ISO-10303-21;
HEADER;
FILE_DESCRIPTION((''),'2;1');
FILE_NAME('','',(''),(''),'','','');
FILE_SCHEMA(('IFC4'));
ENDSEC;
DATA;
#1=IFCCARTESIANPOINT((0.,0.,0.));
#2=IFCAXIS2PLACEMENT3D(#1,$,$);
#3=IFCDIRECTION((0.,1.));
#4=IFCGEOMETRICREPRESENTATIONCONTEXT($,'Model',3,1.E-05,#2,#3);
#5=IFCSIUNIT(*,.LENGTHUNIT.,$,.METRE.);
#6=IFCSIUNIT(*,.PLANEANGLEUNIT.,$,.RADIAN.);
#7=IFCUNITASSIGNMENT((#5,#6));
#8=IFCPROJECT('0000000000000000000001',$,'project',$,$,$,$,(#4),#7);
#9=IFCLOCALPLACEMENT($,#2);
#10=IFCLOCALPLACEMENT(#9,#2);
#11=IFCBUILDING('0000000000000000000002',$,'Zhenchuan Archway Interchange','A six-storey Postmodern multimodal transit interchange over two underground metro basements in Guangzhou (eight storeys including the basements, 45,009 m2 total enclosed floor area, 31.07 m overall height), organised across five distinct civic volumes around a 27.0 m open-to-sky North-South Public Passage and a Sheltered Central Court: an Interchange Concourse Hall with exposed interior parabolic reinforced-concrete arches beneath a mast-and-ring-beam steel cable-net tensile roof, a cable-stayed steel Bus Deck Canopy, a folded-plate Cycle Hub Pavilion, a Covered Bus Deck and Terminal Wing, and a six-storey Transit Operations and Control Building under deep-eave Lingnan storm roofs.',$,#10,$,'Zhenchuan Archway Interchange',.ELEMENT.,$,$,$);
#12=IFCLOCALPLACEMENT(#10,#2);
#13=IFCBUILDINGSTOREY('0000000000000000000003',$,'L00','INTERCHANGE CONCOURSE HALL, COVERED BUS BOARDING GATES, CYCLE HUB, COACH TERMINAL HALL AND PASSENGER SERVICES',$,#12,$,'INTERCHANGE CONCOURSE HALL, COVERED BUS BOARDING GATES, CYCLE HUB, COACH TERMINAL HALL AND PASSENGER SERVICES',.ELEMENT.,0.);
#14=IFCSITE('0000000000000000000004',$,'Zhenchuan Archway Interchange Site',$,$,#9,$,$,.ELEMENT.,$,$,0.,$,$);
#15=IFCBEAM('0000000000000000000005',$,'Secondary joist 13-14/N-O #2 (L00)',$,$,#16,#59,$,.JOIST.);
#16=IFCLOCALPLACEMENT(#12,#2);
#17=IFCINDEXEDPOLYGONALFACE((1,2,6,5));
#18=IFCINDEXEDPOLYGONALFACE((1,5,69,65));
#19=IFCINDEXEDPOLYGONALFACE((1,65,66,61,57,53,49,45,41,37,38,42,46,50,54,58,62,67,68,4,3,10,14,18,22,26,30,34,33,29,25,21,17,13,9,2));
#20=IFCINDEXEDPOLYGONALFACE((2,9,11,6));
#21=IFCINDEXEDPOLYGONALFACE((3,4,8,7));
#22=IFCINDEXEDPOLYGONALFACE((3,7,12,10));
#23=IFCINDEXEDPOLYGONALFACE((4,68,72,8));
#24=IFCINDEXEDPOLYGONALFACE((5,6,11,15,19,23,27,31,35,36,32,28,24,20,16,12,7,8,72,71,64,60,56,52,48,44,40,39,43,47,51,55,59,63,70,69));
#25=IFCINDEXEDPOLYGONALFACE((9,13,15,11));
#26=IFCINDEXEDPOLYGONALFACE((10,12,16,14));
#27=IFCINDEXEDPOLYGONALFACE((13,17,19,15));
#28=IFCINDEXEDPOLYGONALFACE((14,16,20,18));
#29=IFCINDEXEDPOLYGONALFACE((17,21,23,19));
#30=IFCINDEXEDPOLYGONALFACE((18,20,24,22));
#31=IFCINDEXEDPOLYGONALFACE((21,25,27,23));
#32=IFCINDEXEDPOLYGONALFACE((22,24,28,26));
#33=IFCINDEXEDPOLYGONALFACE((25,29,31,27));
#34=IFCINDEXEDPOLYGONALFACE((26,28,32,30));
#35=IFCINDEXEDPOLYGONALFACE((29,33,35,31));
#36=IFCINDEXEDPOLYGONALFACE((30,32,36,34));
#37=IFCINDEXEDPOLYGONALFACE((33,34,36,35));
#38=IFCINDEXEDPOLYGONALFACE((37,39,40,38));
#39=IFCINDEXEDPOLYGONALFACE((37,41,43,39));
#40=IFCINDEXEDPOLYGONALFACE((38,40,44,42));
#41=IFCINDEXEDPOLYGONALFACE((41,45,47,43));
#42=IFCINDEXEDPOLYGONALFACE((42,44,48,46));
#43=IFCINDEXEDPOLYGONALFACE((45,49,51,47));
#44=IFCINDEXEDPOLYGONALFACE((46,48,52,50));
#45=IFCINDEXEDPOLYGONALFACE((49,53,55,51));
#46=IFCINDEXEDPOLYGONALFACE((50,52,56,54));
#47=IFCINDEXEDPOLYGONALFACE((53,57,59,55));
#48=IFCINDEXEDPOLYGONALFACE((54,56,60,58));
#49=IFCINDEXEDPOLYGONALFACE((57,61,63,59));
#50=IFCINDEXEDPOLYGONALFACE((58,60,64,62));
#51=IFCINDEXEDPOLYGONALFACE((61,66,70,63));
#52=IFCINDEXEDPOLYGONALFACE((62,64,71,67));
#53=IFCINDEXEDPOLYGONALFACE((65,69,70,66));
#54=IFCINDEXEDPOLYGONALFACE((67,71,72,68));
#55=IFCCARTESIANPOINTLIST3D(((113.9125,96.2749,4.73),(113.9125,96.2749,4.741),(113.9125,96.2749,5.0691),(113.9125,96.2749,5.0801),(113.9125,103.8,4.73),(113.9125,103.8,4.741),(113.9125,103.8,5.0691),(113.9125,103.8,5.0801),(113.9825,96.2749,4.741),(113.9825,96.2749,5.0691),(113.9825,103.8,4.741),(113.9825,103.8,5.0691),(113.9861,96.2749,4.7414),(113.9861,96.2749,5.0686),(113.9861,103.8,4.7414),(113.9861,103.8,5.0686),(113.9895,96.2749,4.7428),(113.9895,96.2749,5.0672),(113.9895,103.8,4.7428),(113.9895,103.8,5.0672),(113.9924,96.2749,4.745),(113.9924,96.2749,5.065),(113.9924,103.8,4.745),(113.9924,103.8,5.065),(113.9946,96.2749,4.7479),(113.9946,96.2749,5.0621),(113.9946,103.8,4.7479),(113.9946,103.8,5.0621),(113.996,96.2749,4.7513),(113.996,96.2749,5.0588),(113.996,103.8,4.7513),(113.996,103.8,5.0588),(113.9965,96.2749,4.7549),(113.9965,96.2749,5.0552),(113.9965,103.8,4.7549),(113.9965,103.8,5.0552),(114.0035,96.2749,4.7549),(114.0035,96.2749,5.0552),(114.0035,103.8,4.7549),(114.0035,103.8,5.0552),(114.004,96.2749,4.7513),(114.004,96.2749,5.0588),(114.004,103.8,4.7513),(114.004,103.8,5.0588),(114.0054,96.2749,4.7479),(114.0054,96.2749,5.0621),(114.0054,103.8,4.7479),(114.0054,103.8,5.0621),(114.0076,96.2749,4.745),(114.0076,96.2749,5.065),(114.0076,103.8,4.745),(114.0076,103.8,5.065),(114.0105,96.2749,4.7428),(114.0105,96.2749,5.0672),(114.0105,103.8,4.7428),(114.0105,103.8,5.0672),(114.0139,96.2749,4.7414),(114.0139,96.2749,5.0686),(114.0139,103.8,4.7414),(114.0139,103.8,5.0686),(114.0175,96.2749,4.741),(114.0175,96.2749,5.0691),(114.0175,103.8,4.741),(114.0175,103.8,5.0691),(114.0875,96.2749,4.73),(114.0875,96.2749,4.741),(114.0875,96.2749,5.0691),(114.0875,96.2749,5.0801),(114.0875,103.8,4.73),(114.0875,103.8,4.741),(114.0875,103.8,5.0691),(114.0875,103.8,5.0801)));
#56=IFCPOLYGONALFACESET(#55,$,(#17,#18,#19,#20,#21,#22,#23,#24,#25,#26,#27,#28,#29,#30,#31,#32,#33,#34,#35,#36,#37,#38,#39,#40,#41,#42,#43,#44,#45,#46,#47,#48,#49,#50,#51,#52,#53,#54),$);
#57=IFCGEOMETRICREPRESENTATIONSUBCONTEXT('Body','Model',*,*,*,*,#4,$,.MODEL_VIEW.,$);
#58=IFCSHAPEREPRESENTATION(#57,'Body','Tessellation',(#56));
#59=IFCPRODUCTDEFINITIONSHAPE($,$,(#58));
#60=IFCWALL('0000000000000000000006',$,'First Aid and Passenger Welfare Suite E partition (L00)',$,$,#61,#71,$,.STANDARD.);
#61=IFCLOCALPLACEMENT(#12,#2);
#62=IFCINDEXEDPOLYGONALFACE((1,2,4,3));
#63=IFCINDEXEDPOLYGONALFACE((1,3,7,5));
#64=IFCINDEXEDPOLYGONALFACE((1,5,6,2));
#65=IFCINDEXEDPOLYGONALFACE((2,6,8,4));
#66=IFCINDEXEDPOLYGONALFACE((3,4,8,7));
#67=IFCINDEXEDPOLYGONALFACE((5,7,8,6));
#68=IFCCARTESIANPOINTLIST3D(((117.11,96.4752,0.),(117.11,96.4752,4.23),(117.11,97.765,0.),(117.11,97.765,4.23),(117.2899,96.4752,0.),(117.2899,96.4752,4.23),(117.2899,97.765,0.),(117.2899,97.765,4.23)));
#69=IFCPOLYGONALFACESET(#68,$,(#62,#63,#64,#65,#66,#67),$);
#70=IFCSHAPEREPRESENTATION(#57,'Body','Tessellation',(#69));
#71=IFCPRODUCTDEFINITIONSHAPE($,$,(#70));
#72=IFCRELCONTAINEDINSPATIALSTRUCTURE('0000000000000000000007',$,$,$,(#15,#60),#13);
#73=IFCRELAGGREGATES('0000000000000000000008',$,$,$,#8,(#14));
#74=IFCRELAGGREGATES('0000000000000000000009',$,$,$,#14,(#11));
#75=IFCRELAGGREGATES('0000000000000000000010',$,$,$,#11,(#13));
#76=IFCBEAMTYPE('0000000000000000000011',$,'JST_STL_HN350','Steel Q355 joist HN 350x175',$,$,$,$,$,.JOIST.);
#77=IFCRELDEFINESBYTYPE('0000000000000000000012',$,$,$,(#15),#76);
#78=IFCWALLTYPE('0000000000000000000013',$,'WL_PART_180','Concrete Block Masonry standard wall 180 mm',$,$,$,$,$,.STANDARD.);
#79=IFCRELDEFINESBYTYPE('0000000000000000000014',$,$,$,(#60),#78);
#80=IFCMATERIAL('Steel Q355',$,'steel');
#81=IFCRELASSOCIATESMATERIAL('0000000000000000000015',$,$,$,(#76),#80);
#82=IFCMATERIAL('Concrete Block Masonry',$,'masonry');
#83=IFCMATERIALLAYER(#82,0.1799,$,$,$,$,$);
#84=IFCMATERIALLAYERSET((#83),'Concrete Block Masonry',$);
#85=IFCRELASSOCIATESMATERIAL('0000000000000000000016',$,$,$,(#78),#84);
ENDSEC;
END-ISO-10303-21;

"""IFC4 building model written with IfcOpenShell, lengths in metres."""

from ifc_helpers import new_model, si_unit, direction, frame, frame_2d, origin, origin_2d, place, context, subcontext, project, spatial, rectangle, i_section, extrude, material, layer, layer_set, material_profile, profile_set, type_object, element, save


model = new_model("IFC4")

# Units and contexts
model_context = context("Model", 3, precision=1e-05, world=origin(), true_north=direction((0.0, 1.0)))
body_context = subcontext(model_context, "Body", "Model", "MODEL_VIEW")
ifc_project = project(units=[si_unit("LENGTHUNIT", "METRE"), si_unit("PLANEANGLEUNIT", "RADIAN")], contexts=[model_context])

# Site, building, storey
site_placement = place(None, origin())
site = spatial("IfcSite", under=ifc_project, at=site_placement, Name="Zhenchuan Archway Interchange Site", CompositionType="ELEMENT", RefElevation=0.0)
building_placement = place(site_placement, origin())
building = spatial("IfcBuilding", under=site, at=building_placement, Name="Zhenchuan Archway Interchange", Description="A six-storey Postmodern multimodal transit interchange over two underground metro basements in Guangzhou (eight storeys including the basements, 45,009 m2 total enclosed floor area, 31.07 m overall height), organised across five distinct civic volumes around a 27.0 m open-to-sky North-South Public Passage and a Sheltered Central Court: an Interchange Concourse Hall with exposed interior parabolic reinforced-concrete arches beneath a mast-and-ring-beam steel cable-net tensile roof, a cable-stayed steel Bus Deck Canopy, a folded-plate Cycle Hub Pavilion, a Covered Bus Deck and Terminal Wing, and a six-storey Transit Operations and Control Building under deep-eave Lingnan storm roofs.", LongName="Zhenchuan Archway Interchange", CompositionType="ELEMENT")
storey_placement = place(building_placement, origin())
storey = spatial("IfcBuildingStorey", under=building, at=storey_placement, Name="L00", Description="INTERCHANGE CONCOURSE HALL, COVERED BUS BOARDING GATES, CYCLE HUB, COACH TERMINAL HALL AND PASSENGER SERVICES", LongName="INTERCHANGE CONCOURSE HALL, COVERED BUS BOARDING GATES, CYCLE HUB, COACH TERMINAL HALL AND PASSENGER SERVICES", CompositionType="ELEMENT", Elevation=0.0)

# Beam
ifc_material_1 = material(Name="Steel Q355", Category="steel")
ifc_material_profile_1 = material_profile(ifc_material_1, i_section(OverallWidth=0.175, OverallDepth=0.3501, WebThickness=0.0071, FlangeThickness=0.011, FilletRadius=0.0139, at=origin_2d()), Name="HN 350x175")
ifc_profile_set_1 = profile_set([ifc_material_profile_1], Name="Steel Q355")
beam_type_1 = type_object("IfcBeamType", Name="JST_STL_HN350", Description="Steel Q355 joist HN 350x175", PredefinedType="JOIST", material=ifc_profile_set_1)
for number, where, z_axis, x_axis, name in (
    (1, (114.0, 96.2749, 4.905), (0.0, 1.0, 0.0), (-1.0, 0.0, 0.0), "Secondary joist 13-14/N-O #2 (L00)"),
):
    element("IfcBeam", number, at=place(storey_placement, frame(where, z_axis=z_axis, x_axis=x_axis)), inside=storey, type_object=beam_type_1, Name=name, PredefinedType="JOIST", context=body_context, shape_type="SweptSolid", body=[
        extrude(i_section(OverallWidth=0.175, OverallDepth=0.3501, WebThickness=0.0071, FlangeThickness=0.011, FilletRadius=0.0139, at=origin_2d()), origin(), (0.0, 0.0, 1.0), 7.5251),
    ])

# Wall
ifc_material_2 = material(Name="Concrete Block Masonry", Category="masonry")
ifc_layer = layer(ifc_material_2, 0.1799)
ifc_layer_set = layer_set([ifc_layer], Name="Concrete Block Masonry")
wall_type = type_object("IfcWallType", Name="WL_PART_180", Description="Concrete Block Masonry standard wall 180 mm", PredefinedType="STANDARD", material=ifc_layer_set)
wall_placement = place(storey_placement, frame((117.2, 96.4751, 0.0), z_axis=(0.0, 0.0, 1.0), x_axis=(0.0, 1.0, 0.0)))
element("IfcWall", 2, at=wall_placement, inside=storey, type_object=wall_type, Name="First Aid and Passenger Welfare Suite E partition (L00)", PredefinedType="STANDARD", context=body_context, shape_type="SweptSolid", body=[
    extrude(rectangle(XDim=1.2898, YDim=0.1799, at=frame_2d((0.645, 0.0))), origin(), (0.0, 0.0, 1.0), 4.23),
])

save(model, "model.ifc")
